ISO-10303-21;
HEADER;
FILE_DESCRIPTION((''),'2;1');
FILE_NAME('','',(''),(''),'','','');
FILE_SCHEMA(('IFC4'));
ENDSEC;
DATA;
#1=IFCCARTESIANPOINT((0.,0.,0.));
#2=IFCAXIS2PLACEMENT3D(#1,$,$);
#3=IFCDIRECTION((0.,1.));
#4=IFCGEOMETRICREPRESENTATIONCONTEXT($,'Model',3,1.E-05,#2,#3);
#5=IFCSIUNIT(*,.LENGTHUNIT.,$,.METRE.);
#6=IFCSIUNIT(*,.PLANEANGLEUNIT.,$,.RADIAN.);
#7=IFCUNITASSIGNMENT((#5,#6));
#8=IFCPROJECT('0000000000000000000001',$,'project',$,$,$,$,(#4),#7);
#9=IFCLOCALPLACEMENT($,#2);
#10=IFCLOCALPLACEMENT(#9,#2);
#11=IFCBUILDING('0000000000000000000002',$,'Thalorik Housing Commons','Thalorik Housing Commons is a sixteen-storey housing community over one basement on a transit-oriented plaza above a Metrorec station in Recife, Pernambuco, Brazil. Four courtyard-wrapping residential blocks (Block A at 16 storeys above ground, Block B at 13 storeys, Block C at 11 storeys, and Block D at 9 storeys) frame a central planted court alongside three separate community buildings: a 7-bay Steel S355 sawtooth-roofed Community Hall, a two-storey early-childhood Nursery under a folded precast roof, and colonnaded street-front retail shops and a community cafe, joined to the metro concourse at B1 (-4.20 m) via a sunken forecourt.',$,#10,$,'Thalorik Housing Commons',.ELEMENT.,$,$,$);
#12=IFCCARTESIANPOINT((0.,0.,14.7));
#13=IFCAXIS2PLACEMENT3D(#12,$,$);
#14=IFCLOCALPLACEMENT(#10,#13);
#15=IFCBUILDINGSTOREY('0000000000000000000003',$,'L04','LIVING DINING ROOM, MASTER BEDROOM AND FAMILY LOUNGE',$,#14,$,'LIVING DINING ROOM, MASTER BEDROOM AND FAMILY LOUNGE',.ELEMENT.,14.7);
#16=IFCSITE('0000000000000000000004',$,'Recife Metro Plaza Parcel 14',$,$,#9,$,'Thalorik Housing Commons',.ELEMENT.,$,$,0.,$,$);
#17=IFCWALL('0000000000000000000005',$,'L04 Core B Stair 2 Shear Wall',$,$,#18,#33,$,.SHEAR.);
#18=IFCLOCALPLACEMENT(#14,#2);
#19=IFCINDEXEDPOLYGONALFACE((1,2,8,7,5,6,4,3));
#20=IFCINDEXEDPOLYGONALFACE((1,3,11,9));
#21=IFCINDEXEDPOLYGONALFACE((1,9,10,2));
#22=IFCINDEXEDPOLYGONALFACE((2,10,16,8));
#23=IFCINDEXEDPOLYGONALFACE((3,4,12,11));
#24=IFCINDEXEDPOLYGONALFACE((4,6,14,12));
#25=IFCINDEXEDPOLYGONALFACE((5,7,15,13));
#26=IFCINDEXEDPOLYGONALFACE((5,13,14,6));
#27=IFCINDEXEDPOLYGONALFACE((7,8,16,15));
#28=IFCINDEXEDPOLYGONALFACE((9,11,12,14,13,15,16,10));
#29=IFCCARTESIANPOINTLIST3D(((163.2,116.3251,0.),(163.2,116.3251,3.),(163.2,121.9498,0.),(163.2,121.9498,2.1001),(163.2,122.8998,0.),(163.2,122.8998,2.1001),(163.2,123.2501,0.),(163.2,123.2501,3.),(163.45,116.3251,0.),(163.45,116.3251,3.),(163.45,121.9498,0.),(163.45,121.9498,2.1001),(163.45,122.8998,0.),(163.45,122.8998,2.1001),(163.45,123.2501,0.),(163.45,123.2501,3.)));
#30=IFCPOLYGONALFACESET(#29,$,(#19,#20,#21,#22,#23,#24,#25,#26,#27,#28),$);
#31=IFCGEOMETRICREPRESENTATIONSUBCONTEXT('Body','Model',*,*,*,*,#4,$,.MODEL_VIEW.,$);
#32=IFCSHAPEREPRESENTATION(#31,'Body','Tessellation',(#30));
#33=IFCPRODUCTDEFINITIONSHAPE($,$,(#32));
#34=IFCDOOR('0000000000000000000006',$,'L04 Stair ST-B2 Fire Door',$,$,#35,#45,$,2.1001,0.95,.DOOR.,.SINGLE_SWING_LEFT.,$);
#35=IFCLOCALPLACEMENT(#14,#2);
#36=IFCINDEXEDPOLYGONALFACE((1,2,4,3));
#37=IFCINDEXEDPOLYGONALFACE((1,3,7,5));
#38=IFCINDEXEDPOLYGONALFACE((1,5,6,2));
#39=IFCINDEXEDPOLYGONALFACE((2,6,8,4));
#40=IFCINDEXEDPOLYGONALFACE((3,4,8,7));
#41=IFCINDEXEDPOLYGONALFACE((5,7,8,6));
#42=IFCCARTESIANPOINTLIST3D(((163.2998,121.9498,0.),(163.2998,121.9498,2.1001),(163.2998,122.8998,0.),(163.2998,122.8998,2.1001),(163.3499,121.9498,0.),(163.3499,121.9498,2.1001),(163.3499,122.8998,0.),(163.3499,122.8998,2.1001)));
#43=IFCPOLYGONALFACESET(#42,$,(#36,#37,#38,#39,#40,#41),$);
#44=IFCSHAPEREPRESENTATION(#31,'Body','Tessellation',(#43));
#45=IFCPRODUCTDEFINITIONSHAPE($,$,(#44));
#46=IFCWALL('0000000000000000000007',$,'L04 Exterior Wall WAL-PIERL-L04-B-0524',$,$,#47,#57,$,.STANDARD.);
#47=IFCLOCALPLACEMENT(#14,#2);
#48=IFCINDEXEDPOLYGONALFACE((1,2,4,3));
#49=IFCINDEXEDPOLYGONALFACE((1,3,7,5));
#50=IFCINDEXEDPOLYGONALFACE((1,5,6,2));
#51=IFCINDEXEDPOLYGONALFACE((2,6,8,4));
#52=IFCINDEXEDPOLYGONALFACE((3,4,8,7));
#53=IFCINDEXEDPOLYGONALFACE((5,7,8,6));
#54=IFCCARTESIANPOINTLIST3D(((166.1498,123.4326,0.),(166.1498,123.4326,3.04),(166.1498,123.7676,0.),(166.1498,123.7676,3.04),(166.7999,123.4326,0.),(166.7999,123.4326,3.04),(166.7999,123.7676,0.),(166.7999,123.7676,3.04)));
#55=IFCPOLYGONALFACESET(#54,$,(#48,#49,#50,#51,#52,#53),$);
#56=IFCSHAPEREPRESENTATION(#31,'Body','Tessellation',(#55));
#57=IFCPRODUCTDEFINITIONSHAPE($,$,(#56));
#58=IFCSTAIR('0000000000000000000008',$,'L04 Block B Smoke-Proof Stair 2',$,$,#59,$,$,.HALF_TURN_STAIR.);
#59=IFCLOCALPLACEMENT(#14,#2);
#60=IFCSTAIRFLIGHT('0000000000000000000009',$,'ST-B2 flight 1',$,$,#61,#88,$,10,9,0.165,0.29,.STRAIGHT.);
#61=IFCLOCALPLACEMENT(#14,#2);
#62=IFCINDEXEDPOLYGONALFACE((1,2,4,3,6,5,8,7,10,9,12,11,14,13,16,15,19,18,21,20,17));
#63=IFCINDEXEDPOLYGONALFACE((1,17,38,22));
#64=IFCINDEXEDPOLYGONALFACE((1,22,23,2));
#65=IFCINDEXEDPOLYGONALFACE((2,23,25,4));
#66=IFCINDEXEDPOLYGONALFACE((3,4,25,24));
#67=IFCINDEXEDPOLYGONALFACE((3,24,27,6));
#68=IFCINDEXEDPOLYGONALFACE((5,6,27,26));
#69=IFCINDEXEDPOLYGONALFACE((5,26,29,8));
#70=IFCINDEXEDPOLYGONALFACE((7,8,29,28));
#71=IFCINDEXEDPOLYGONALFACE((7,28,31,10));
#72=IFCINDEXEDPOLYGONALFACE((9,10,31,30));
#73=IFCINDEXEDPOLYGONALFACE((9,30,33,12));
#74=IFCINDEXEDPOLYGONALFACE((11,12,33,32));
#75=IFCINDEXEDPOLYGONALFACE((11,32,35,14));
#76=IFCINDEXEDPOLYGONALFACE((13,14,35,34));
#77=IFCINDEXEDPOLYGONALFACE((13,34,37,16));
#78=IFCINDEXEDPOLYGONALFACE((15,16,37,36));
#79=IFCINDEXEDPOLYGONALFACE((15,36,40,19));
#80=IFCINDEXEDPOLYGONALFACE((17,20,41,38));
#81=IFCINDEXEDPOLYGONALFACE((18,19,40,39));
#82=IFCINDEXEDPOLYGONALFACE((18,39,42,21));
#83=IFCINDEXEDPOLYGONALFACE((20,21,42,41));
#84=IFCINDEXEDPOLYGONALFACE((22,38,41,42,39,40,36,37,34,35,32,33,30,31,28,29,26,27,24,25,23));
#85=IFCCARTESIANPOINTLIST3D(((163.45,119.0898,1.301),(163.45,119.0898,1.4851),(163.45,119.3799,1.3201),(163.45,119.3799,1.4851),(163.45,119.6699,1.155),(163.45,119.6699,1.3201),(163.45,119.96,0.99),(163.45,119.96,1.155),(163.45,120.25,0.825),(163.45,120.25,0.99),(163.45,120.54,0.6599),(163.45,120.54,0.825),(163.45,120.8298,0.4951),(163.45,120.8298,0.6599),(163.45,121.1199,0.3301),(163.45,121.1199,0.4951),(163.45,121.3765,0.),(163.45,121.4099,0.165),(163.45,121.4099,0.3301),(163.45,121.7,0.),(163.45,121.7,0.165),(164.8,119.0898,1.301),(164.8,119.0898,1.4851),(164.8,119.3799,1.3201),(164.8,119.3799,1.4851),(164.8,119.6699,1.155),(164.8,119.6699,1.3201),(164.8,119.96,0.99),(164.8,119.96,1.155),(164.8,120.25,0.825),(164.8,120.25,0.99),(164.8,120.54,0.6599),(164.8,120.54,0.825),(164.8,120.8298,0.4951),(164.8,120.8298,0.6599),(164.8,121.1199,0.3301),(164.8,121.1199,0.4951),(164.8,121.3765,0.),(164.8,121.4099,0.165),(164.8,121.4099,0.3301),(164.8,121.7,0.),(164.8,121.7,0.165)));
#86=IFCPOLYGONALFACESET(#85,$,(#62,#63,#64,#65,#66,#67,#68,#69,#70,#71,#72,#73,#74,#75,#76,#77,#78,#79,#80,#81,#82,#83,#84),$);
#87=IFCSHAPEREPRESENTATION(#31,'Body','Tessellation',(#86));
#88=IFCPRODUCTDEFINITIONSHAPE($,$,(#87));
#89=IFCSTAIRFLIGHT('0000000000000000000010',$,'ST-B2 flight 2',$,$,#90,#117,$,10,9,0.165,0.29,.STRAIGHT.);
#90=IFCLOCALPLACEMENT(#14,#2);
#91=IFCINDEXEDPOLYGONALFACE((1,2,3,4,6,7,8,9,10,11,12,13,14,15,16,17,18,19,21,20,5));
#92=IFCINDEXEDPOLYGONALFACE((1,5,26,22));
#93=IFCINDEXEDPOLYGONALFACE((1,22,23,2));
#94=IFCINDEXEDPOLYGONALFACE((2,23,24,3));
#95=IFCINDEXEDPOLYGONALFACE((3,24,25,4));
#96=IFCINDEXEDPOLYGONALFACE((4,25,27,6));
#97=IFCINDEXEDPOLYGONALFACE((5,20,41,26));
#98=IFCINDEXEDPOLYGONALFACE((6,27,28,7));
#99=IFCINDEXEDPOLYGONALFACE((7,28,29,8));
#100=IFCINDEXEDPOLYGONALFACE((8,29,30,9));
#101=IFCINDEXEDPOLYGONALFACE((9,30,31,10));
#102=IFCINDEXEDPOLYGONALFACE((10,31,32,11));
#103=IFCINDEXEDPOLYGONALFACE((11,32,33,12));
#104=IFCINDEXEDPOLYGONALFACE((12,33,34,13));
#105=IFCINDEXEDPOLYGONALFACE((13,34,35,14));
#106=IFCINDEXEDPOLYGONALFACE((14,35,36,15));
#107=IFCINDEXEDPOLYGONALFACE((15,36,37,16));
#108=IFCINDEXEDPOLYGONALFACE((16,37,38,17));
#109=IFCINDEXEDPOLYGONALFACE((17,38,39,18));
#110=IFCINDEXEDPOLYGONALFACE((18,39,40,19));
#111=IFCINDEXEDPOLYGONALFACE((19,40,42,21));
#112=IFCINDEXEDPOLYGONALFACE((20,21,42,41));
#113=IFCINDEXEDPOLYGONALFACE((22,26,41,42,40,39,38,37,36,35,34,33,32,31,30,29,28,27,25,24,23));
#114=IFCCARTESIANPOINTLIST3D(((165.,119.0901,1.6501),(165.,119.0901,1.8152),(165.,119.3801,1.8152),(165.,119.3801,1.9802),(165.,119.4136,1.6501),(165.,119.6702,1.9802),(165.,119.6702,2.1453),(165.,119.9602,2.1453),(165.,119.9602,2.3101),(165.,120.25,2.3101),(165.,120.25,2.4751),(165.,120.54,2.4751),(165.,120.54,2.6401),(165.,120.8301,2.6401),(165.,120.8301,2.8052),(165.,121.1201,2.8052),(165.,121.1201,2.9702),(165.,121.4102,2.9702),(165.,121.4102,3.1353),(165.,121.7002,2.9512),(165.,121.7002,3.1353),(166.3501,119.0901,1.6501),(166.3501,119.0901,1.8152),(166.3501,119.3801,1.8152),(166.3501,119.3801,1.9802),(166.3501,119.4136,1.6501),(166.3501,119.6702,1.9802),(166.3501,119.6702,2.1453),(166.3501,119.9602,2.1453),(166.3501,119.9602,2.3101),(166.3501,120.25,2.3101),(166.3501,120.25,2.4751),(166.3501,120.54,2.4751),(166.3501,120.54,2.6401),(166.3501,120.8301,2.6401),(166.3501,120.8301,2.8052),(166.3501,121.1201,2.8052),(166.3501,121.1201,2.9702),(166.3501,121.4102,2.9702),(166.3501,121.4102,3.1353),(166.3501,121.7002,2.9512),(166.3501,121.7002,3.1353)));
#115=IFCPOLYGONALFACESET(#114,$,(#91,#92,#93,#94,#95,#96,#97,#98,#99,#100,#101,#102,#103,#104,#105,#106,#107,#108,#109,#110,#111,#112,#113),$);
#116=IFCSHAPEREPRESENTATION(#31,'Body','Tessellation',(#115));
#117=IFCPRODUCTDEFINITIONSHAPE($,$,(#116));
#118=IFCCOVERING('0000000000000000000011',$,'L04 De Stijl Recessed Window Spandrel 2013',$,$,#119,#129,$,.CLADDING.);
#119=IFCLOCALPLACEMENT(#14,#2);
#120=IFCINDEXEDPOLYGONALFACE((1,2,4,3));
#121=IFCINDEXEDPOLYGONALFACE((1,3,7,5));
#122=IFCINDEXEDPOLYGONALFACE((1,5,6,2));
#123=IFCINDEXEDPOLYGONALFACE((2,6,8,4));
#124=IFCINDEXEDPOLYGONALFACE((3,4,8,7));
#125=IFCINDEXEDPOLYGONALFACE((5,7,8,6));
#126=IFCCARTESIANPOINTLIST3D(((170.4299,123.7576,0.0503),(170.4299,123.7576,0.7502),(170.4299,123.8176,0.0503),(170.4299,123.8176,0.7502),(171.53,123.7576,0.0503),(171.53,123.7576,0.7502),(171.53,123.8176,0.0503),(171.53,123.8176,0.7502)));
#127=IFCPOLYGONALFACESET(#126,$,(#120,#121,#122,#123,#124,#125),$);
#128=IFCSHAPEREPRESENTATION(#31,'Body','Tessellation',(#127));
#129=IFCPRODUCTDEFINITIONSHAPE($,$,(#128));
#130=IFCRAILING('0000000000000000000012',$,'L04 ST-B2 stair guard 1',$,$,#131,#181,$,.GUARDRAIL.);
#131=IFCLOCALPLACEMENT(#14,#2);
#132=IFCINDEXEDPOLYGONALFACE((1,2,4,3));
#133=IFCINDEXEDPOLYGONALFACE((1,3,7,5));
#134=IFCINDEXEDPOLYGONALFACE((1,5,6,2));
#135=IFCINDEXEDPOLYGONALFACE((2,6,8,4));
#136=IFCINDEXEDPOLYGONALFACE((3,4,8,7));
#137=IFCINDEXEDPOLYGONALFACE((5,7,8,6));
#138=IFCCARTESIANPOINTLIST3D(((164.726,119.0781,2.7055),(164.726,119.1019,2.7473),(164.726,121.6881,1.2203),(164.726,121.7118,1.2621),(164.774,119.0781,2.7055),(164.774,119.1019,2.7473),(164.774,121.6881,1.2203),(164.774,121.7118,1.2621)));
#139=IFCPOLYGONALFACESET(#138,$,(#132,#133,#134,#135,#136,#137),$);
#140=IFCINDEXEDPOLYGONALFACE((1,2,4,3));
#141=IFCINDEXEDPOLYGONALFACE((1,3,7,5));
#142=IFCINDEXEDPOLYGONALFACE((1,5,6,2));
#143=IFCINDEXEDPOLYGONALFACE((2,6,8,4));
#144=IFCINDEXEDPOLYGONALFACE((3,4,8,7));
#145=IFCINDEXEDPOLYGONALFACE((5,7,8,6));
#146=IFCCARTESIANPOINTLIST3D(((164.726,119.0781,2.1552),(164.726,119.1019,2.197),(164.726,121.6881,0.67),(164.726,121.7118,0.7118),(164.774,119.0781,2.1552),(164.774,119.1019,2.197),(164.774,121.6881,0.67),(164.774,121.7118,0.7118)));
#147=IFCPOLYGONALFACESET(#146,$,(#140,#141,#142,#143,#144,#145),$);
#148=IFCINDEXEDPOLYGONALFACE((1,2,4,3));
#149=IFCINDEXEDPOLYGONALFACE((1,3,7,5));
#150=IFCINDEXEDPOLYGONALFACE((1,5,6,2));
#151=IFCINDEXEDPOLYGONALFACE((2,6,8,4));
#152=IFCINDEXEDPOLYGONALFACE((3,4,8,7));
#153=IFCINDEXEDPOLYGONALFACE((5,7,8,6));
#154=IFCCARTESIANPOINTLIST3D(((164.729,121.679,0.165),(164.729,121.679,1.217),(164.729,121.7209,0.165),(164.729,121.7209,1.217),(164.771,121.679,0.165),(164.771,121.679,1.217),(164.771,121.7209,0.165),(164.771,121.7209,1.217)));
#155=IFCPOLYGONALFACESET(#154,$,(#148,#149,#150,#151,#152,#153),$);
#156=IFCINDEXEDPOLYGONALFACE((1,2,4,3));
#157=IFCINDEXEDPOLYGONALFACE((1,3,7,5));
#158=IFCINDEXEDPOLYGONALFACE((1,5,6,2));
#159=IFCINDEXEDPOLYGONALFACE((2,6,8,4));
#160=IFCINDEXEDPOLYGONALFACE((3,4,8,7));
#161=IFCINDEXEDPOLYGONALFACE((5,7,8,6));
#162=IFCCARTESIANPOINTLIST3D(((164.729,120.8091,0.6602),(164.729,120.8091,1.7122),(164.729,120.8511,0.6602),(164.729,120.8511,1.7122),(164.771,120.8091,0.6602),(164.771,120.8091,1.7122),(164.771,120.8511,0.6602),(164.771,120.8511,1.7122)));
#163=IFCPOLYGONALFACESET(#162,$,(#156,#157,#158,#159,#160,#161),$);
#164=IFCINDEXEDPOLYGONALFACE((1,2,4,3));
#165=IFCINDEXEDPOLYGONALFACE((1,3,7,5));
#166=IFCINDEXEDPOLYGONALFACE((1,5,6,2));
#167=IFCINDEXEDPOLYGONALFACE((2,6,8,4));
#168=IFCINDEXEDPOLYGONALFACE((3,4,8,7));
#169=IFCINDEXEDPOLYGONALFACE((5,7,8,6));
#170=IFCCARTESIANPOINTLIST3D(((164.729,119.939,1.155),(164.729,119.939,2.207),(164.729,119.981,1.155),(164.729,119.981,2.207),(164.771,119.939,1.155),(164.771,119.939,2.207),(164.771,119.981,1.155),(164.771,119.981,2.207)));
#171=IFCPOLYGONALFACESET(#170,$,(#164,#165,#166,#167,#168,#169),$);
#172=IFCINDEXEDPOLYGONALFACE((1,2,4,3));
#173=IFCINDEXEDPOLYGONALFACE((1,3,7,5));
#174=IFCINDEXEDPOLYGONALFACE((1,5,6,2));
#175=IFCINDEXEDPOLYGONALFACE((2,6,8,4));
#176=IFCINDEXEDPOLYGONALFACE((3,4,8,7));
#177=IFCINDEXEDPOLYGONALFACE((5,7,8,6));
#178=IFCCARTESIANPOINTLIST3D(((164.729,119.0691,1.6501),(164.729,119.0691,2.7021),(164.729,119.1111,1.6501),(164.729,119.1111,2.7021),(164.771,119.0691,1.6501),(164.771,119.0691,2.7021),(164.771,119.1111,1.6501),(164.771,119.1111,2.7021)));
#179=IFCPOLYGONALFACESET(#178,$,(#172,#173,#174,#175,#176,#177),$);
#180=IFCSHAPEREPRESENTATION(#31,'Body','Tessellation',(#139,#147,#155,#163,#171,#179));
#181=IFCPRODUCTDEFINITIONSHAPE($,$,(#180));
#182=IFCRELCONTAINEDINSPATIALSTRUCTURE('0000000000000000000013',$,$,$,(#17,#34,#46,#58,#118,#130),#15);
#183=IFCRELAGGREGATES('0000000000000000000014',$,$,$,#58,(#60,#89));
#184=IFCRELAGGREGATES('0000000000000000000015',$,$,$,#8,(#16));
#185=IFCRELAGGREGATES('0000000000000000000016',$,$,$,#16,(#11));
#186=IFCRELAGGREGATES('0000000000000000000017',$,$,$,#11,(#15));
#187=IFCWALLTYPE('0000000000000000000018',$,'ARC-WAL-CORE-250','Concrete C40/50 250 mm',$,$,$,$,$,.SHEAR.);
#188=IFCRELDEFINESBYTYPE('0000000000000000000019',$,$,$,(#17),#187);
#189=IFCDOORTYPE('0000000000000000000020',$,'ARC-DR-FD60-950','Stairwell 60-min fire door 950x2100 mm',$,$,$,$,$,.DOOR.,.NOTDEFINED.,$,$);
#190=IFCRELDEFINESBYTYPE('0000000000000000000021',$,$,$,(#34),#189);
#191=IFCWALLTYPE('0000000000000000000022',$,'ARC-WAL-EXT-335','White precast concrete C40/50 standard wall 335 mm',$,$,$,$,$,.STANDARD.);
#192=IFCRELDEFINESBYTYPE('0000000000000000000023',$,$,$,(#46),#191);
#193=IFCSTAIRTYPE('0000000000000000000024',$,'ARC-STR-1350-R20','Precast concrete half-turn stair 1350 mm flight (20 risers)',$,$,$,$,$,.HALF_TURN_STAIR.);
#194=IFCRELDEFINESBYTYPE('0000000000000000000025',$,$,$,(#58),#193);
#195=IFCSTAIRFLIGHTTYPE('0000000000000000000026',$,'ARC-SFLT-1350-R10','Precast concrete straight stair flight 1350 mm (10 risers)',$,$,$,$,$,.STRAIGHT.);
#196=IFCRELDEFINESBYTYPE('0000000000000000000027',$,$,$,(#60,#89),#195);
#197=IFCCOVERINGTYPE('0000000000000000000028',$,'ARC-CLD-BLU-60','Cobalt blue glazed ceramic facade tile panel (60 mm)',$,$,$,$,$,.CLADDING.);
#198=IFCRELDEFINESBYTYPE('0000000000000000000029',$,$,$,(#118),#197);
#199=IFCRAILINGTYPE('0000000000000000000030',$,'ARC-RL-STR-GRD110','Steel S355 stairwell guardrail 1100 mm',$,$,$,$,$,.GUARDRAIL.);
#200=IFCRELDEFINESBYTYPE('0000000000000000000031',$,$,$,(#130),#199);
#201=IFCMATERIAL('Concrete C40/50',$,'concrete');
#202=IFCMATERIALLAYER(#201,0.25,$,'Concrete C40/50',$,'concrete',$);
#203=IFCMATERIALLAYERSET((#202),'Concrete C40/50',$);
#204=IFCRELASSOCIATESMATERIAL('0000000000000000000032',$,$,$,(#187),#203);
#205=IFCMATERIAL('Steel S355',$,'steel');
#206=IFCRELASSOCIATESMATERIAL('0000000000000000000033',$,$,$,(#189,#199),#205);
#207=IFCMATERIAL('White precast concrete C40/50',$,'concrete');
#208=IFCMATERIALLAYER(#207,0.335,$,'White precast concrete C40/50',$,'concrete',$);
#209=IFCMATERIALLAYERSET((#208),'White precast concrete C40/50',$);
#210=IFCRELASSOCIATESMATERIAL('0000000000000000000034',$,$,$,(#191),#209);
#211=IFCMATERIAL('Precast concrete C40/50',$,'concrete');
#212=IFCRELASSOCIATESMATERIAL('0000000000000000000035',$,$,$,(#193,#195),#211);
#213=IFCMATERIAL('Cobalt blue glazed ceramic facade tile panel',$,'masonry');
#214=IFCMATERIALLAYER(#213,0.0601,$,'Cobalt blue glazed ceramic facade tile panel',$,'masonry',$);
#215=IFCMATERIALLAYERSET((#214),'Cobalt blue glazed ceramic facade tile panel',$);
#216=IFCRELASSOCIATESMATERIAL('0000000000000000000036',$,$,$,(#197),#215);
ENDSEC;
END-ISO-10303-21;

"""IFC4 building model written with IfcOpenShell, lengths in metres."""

from ifc_helpers import new_model, si_unit, direction, frame, frame_2d, origin, origin_2d, place, context, subcontext, project, spatial, polyline, rectangle, outline, extrude, material, layer, layer_set, type_object, element, fill, aggregate, save


model = new_model("IFC4")

# Units and contexts
model_context = context("Model", 3, precision=1e-05, world=origin(), true_north=direction((0.0, 1.0)))
body_context = subcontext(model_context, "Body", "Model", "MODEL_VIEW")
ifc_project = project(units=[si_unit("LENGTHUNIT", "METRE"), si_unit("PLANEANGLEUNIT", "RADIAN")], contexts=[model_context])

# Site, building, storey
site_placement = place(None, origin())
site = spatial("IfcSite", under=ifc_project, at=site_placement, Name="Recife Metro Plaza Parcel 14", LongName="Thalorik Housing Commons", CompositionType="ELEMENT", RefElevation=0.0)
building_placement = place(site_placement, origin())
building = spatial("IfcBuilding", under=site, at=building_placement, Name="Thalorik Housing Commons", Description="Thalorik Housing Commons is a sixteen-storey housing community over one basement on a transit-oriented plaza above a Metrorec station in Recife, Pernambuco, Brazil. Four courtyard-wrapping residential blocks (Block A at 16 storeys above ground, Block B at 13 storeys, Block C at 11 storeys, and Block D at 9 storeys) frame a central planted court alongside three separate community buildings: a 7-bay Steel S355 sawtooth-roofed Community Hall, a two-storey early-childhood Nursery under a folded precast roof, and colonnaded street-front retail shops and a community cafe, joined to the metro concourse at B1 (-4.20 m) via a sunken forecourt.", LongName="Thalorik Housing Commons", CompositionType="ELEMENT")
storey_placement = place(building_placement, frame((0.0, 0.0, 14.7)))
storey = spatial("IfcBuildingStorey", under=building, at=storey_placement, Name="L04", Description="LIVING DINING ROOM, MASTER BEDROOM AND FAMILY LOUNGE", LongName="LIVING DINING ROOM, MASTER BEDROOM AND FAMILY LOUNGE", CompositionType="ELEMENT", Elevation=14.7)

# Shared definitions
ifc_material_1 = material(Name="Precast concrete C40/50", Category="concrete")

# Shared definitions
ifc_material_2 = material(Name="Concrete C40/50", Category="concrete")
ifc_layer_1 = layer(ifc_material_2, 0.25, Name="Concrete C40/50", Category="concrete")
ifc_layer_set_1 = layer_set([ifc_layer_1], Name="Concrete C40/50")
wall_type_1 = type_object("IfcWallType", Name="ARC-WAL-CORE-250", Description="Concrete C40/50 250 mm", PredefinedType="SHEAR", material=ifc_layer_set_1)

# Wall, opening, door
wall_1_placement = place(storey_placement, frame((163.325, 123.25, 0.0), z_axis=(0.0, 0.0, 1.0), x_axis=(0.0, -1.0, 0.0)))
wall_1 = element("IfcWall", 1, at=wall_1_placement, inside=storey, type_object=wall_type_1, Name="L04 Core B Stair 2 Shear Wall", PredefinedType="SHEAR", context=body_context, shape_type="SweptSolid", body=[
    extrude(rectangle(XDim=6.925, YDim=0.25, at=frame_2d((3.4624, 0.0))), origin(), (0.0, 0.0, 1.0), 3.0),
])
opening_1_placement = place(wall_1_placement, frame((0.3501, 0.0, 0.0)))
opening_1 = element("IfcOpeningElement", 2, at=opening_1_placement, cuts=wall_1, PredefinedType="OPENING", context=body_context, shape_type="SweptSolid", body=[
    extrude(rectangle(XDim=0.95, YDim=2.1001, at=frame_2d((0.4751, 1.05))), frame((0.0, 0.135, 0.0), z_axis=(0.0, -1.0, 0.0), x_axis=(1.0, 0.0, 0.0)), (0.0, 0.0, 1.0), 0.27),
])
ifc_material_3 = material(Name="Steel S355", Category="steel")
door_type_1 = type_object("IfcDoorType", Name="ARC-DR-FD60-950", Description="Stairwell 60-min fire door 950x2100 mm", OperationType="NOTDEFINED", PredefinedType="DOOR", material=ifc_material_3)
door_1_placement = place(opening_1_placement, origin())
door_1 = element("IfcDoor", 3, at=door_1_placement, inside=storey, type_object=door_type_1, Name="L04 Stair ST-B2 Fire Door", OperationType="SINGLE_SWING_LEFT", OverallHeight=2.1001, OverallWidth=0.95, PredefinedType="DOOR", context=body_context, shape_type="SweptSolid", body=[
    extrude(rectangle(XDim=0.95, YDim=2.1001, at=frame_2d((0.4751, 1.05))), frame((0.0, 0.0249, 0.0), z_axis=(0.0, -1.0, 0.0), x_axis=(1.0, 0.0, 0.0)), (0.0, 0.0, 1.0), 0.05),
])
fill(opening_1, door_1)

# Shared definitions
ifc_material_4 = material(Name="White precast concrete C40/50", Category="concrete")
ifc_layer_2 = layer(ifc_material_4, 0.335, Name="White precast concrete C40/50", Category="concrete")
ifc_layer_set_2 = layer_set([ifc_layer_2], Name="White precast concrete C40/50")
wall_type_2 = type_object("IfcWallType", Name="ARC-WAL-EXT-335", Description="White precast concrete C40/50 standard wall 335 mm", PredefinedType="STANDARD", material=ifc_layer_set_2)

# Wall
wall_2_placement = place(storey_placement, frame((166.8, 123.6001, 0.0), z_axis=(0.0, 0.0, 1.0), x_axis=(-1.0, 0.0, 0.0)))
element("IfcWall", 4, at=wall_2_placement, inside=storey, type_object=wall_type_2, Name="L04 Exterior Wall WAL-PIERL-L04-B-0524", PredefinedType="STANDARD", context=body_context, shape_type="SweptSolid", body=[
    extrude(rectangle(XDim=0.6501, YDim=0.335, at=frame_2d((0.3252, 0.0))), origin(), (0.0, 0.0, 1.0), 3.04),
])

# Stair, stair flights
stair_type = type_object("IfcStairType", Name="ARC-STR-1350-R20", Description="Precast concrete half-turn stair 1350 mm flight (20 risers)", PredefinedType="HALF_TURN_STAIR", material=ifc_material_1)
stair_placement = place(storey_placement, origin())
stair = element("IfcStair", 5, at=stair_placement, inside=storey, type_object=stair_type, Name="L04 Block B Smoke-Proof Stair 2", PredefinedType="HALF_TURN_STAIR")
stair_flight_type = type_object("IfcStairFlightType", Name="ARC-SFLT-1350-R10", Description="Precast concrete straight stair flight 1350 mm (10 risers)", PredefinedType="STRAIGHT", material=ifc_material_1)
stair_flight_1_placement = place(storey_placement, frame((164.125, 121.7, 0.0), z_axis=(0.0, 0.0, 1.0), x_axis=(0.0, -1.0, 0.0)))
stair_flight_1 = element("IfcStairFlight", 6, at=stair_flight_1_placement, type_object=stair_flight_type, Name="ST-B2 flight 1", NumberOfRisers=10, NumberOfTreads=9, PredefinedType="STRAIGHT", RiserHeight=0.165, TreadLength=0.29, context=body_context, shape_type="SweptSolid", body=[
    extrude(outline(polyline([(0.0, 0.0), (0.0, 0.165), (0.29, 0.165), (0.29, 0.3301), (0.5801, 0.3301), (0.5801, 0.4951), (0.8701, 0.4951), (0.8701, 0.6599), (1.1599, 0.6599), (1.1599, 0.825), (1.45, 0.825), (1.45, 0.99), (1.74, 0.99), (1.74, 1.155), (2.03, 1.155), (2.03, 1.3201), (2.3201, 1.3201), (2.3201, 1.4851), (2.6101, 1.4851), (2.6101, 1.6499), (2.6101, 1.301), (0.3235, 0.0), (0.0, 0.0)])), frame((0.0, 0.675, 0.0), z_axis=(0.0, -1.0, 0.0), x_axis=(1.0, 0.0, 0.0)), (0.0, 0.0, 1.0), 1.3501),
])
stair_flight_2_placement = place(storey_placement, frame((165.675, 119.0901, 1.6501), z_axis=(0.0, 0.0, 1.0), x_axis=(0.0, 1.0, 0.0)))
stair_flight_2 = element("IfcStairFlight", 7, at=stair_flight_2_placement, type_object=stair_flight_type, Name="ST-B2 flight 2", NumberOfRisers=10, NumberOfTreads=9, PredefinedType="STRAIGHT", RiserHeight=0.165, TreadLength=0.29, context=body_context, shape_type="SweptSolid", body=[
    extrude(outline(polyline([(0.0, 0.0), (0.0, 0.165), (0.29, 0.165), (0.29, 0.3301), (0.5801, 0.3301), (0.5801, 0.4951), (0.8701, 0.4951), (0.8701, 0.6599), (1.1599, 0.6599), (1.1599, 0.825), (1.45, 0.825), (1.45, 0.99), (1.74, 0.99), (1.74, 1.155), (2.03, 1.155), (2.03, 1.3201), (2.3201, 1.3201), (2.3201, 1.4851), (2.6101, 1.4851), (2.6101, 1.6499), (2.6101, 1.301), (0.3235, 0.0), (0.0, 0.0)])), frame((0.0, 0.675, 0.0), z_axis=(0.0, -1.0, 0.0), x_axis=(1.0, 0.0, 0.0)), (0.0, 0.0, 1.0), 1.3501),
])
aggregate(stair, [stair_flight_1, stair_flight_2])

# Covering
ifc_material_5 = material(Name="Cobalt blue glazed ceramic facade tile panel", Category="masonry")
ifc_layer_3 = layer(ifc_material_5, 0.0601, Name="Cobalt blue glazed ceramic facade tile panel", Category="masonry")
ifc_layer_set_3 = layer_set([ifc_layer_3], Name="Cobalt blue glazed ceramic facade tile panel")
covering_type_1 = type_object("IfcCoveringType", Name="ARC-CLD-BLU-60", Description="Cobalt blue glazed ceramic facade tile panel (60 mm)", PredefinedType="CLADDING", material=ifc_layer_set_3)
covering_1_placement = place(storey_placement, frame((170.98, 123.7876, 0.0503), z_axis=(0.0, 0.0, 1.0), x_axis=(-1.0, 0.0, 0.0)))
element("IfcCovering", 8, at=covering_1_placement, inside=storey, type_object=covering_type_1, Name="L04 De Stijl Recessed Window Spandrel 2013", PredefinedType="CLADDING", context=body_context, shape_type="SweptSolid", body=[
    extrude(rectangle(XDim=1.1001, YDim=0.0601, at=origin_2d()), origin(), (0.0, 0.0, 1.0), 0.7),
])

# Railing
railing_type_1 = type_object("IfcRailingType", Name="ARC-RL-STR-GRD110", Description="Steel S355 stairwell guardrail 1100 mm", PredefinedType="GUARDRAIL", material=ifc_material_3)
railing_1_placement = place(storey_placement, frame((164.75, 121.7, 0.165)))
element("IfcRailing", 9, at=railing_1_placement, inside=storey, type_object=railing_type_1, Name="L04 ST-B2 stair guard 1", PredefinedType="GUARDRAIL", context=body_context, shape_type="SweptSolid", body=[
    extrude(rectangle(XDim=0.0481, YDim=0.0481, at=origin_2d()), frame((0.0, 0.0, 1.0762), z_axis=(0.0, -0.869137, 0.494571), x_axis=(1.0, 0.0, 0.0)), (0.0, 0.0, 1.0), 3.0029),
    extrude(rectangle(XDim=0.0481, YDim=0.0481, at=origin_2d()), frame((0.0, 0.0, 0.5259), z_axis=(0.0, -0.869137, 0.494571), x_axis=(1.0, 0.0, 0.0)), (0.0, 0.0, 1.0), 3.0029),
    extrude(rectangle(XDim=0.042, YDim=0.042, at=origin_2d()), origin(), (0.0, 0.0, 1.0), 1.052),
    extrude(rectangle(XDim=0.042, YDim=0.042, at=origin_2d()), frame((0.0, -0.8699, 0.4951)), (0.0, 0.0, 1.0), 1.052),
    extrude(rectangle(XDim=0.042, YDim=0.042, at=origin_2d()), frame((0.0, -1.74, 0.99)), (0.0, 0.0, 1.0), 1.052),
    extrude(rectangle(XDim=0.042, YDim=0.042, at=origin_2d()), frame((0.0, -2.6099, 1.4851)), (0.0, 0.0, 1.0), 1.052),
])

save(model, "model.ifc")
